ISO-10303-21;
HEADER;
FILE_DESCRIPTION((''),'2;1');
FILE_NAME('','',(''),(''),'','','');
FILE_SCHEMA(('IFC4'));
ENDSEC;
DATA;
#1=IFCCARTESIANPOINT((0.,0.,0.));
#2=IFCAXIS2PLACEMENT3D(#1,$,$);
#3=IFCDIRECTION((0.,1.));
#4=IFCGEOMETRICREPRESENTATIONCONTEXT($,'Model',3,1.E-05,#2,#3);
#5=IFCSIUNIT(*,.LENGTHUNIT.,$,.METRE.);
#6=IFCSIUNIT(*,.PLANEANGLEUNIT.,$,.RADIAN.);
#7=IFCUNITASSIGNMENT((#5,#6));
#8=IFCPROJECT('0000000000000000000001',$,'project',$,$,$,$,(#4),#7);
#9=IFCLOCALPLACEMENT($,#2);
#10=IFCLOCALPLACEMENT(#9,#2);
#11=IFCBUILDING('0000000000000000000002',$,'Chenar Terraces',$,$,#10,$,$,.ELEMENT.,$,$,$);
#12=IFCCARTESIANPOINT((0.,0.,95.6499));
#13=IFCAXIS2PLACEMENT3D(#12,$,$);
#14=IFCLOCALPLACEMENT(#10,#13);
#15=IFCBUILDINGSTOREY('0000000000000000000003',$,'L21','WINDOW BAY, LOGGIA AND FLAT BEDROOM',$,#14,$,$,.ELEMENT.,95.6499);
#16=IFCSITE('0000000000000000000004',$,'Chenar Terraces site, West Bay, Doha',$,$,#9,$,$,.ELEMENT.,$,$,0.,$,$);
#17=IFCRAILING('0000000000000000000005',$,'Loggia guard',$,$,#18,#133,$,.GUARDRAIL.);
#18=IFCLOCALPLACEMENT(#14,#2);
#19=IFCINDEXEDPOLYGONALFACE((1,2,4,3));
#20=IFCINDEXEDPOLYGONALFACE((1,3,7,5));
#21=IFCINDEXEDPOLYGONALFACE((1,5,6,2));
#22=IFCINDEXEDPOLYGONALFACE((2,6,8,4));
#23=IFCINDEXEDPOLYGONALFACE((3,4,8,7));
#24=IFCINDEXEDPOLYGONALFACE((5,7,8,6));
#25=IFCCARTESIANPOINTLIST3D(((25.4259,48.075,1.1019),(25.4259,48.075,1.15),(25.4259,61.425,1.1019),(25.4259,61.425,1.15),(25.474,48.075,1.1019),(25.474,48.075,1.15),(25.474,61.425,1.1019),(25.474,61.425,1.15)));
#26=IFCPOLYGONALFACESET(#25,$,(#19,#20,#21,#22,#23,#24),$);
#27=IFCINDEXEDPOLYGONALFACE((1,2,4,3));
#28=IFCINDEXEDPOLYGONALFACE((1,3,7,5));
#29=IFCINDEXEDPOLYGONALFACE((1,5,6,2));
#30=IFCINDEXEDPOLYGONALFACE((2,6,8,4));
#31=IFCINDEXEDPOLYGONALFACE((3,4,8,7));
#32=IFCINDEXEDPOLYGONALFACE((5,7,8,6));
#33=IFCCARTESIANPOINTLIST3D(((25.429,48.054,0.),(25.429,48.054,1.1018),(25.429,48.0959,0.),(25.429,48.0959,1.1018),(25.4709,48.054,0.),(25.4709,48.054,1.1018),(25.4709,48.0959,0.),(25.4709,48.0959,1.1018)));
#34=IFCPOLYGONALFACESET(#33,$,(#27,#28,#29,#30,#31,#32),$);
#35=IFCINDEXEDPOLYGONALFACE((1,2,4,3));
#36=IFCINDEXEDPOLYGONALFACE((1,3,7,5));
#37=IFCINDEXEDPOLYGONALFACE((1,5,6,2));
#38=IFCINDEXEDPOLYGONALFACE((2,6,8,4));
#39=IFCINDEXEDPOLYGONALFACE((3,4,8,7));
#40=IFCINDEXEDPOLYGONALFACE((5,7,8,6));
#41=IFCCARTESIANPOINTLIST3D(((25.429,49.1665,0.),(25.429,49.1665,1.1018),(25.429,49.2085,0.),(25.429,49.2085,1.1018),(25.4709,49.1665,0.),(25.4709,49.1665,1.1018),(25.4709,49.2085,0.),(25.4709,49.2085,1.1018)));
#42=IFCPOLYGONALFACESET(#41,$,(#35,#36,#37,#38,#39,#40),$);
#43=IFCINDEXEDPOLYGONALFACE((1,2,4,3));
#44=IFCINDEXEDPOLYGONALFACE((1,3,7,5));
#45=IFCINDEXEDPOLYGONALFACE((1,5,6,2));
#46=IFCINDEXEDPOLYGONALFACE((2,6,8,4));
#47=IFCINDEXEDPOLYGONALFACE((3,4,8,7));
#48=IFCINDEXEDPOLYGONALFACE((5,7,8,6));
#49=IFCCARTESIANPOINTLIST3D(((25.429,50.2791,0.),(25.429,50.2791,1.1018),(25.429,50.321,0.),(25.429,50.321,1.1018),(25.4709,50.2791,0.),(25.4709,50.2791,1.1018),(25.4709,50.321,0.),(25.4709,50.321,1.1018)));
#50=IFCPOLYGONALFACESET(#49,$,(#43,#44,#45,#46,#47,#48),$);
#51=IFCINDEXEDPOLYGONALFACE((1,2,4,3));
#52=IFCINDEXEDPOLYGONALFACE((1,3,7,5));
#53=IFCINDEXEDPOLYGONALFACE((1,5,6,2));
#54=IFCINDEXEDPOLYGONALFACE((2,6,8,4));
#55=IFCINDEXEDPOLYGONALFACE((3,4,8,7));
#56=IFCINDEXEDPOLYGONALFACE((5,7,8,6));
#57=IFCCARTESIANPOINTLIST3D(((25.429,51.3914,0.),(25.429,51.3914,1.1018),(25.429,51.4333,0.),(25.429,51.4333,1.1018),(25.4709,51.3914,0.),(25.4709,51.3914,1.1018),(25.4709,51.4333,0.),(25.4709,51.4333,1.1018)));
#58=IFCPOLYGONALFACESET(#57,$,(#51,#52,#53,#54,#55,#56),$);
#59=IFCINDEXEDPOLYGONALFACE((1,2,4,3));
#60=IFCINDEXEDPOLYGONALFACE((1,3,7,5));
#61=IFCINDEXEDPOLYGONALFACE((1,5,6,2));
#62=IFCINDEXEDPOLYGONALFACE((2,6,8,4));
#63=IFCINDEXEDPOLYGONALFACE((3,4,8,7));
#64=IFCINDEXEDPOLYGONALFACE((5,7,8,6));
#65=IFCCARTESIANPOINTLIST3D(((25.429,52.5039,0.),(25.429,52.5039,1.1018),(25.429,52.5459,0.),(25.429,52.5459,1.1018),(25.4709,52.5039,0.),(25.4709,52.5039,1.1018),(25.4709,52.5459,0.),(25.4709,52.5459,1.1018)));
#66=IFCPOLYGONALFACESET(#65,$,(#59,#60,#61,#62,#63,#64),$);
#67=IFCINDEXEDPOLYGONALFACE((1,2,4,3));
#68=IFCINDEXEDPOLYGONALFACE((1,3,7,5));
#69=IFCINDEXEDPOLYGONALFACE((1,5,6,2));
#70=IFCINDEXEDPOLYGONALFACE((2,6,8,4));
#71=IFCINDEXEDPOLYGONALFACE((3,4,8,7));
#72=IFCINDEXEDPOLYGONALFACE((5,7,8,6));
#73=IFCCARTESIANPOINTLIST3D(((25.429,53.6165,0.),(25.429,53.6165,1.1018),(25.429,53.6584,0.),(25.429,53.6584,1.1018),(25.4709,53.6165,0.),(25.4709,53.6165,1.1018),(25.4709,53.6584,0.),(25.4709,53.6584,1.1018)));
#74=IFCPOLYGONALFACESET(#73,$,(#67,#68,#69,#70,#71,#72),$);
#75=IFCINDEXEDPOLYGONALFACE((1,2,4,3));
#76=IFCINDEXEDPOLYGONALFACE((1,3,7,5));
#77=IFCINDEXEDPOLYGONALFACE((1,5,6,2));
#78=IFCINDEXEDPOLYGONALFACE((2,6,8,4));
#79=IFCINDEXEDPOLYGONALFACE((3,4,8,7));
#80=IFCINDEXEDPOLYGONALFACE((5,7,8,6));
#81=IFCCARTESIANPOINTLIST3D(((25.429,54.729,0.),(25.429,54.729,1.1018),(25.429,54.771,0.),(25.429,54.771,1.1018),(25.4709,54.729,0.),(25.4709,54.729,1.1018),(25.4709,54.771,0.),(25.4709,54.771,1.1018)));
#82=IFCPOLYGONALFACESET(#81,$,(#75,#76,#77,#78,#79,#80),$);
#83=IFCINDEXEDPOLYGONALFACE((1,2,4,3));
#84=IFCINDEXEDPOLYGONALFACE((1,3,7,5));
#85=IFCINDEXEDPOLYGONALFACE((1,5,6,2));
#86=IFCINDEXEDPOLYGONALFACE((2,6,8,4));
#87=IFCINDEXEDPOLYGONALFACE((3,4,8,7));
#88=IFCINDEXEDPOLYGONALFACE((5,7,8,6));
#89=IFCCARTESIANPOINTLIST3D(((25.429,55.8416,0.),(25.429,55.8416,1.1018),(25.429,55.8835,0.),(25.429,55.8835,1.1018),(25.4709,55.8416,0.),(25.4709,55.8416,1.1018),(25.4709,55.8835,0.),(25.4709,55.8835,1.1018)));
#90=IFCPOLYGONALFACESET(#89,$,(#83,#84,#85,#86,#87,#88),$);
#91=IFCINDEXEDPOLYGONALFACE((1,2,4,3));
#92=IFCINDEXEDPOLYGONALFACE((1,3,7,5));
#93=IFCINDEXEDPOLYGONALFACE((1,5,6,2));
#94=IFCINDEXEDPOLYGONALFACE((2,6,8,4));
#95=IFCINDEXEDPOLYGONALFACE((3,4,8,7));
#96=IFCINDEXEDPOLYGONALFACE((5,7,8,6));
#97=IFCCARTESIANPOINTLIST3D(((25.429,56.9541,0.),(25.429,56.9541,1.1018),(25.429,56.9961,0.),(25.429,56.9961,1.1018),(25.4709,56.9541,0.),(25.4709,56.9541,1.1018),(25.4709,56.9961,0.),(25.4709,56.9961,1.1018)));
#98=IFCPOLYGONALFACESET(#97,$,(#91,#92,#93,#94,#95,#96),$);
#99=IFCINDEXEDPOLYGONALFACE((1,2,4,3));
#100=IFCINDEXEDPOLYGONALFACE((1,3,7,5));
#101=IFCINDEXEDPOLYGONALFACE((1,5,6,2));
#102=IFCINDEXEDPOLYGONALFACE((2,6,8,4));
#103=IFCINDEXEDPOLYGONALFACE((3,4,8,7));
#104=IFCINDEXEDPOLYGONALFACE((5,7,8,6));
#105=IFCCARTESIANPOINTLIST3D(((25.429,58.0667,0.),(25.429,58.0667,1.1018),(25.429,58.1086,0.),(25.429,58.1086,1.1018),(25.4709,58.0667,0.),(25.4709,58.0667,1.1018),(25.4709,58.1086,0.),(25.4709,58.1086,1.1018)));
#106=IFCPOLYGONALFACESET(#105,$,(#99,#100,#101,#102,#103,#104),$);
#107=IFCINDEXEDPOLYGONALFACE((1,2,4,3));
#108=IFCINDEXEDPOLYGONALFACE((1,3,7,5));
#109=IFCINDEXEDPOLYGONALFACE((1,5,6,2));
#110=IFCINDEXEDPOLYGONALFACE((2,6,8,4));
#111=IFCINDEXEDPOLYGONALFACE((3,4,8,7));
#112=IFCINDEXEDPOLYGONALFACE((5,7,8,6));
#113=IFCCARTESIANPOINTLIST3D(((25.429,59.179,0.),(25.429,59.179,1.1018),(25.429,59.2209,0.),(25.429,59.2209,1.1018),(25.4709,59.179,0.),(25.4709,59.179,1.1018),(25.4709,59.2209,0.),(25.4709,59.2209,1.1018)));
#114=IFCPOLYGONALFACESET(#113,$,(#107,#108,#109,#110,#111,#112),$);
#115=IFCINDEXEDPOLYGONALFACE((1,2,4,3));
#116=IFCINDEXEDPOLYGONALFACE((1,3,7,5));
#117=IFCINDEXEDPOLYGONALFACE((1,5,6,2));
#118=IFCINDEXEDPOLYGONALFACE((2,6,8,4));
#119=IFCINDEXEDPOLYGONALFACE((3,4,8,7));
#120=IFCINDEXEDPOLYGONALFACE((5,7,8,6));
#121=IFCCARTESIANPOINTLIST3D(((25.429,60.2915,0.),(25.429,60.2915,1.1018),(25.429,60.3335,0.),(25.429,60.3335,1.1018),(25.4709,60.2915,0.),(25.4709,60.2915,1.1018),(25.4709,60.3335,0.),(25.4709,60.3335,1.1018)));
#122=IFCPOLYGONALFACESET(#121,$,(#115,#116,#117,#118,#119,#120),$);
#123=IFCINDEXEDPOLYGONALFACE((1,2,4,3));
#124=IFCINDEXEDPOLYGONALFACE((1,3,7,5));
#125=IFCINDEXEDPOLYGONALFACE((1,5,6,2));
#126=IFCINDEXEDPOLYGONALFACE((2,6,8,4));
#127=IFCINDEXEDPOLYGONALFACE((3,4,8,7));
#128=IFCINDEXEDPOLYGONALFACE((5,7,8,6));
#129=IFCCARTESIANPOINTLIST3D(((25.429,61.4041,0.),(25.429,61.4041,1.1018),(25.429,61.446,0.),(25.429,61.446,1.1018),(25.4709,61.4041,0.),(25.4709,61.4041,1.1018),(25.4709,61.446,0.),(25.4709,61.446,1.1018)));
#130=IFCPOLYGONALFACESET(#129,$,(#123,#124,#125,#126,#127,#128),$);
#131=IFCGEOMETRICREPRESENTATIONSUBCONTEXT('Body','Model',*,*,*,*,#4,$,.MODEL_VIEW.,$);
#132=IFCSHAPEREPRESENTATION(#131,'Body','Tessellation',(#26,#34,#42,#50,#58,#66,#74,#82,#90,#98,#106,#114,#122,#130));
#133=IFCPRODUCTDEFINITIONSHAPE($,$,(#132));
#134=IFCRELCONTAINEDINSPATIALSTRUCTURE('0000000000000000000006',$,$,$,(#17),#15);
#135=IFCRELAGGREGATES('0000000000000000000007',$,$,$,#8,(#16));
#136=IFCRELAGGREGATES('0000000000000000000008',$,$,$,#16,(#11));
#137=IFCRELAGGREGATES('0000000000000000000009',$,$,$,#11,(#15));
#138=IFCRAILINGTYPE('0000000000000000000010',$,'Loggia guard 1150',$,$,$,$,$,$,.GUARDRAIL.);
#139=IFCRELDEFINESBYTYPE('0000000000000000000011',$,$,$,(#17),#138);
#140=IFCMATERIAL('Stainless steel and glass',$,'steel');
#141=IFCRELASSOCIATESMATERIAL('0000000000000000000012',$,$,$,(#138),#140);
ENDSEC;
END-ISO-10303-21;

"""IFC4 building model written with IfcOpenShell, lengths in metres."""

from ifc_helpers import new_model, si_unit, direction, frame, origin, origin_2d, place, context, subcontext, project, spatial, rectangle, extrude, material, type_object, element, save


model = new_model("IFC4")

# Units and contexts
model_context = context("Model", 3, precision=1e-05, world=origin(), true_north=direction((0.0, 1.0)))
body_context = subcontext(model_context, "Body", "Model", "MODEL_VIEW")
ifc_project = project(units=[si_unit("LENGTHUNIT", "METRE"), si_unit("PLANEANGLEUNIT", "RADIAN")], contexts=[model_context])

# Site, building, storey
site_placement = place(None, origin())
site = spatial("IfcSite", under=ifc_project, at=site_placement, Name="Chenar Terraces site, West Bay, Doha", CompositionType="ELEMENT", RefElevation=0.0)
building_placement = place(site_placement, origin())
building = spatial("IfcBuilding", under=site, at=building_placement, Name="Chenar Terraces", CompositionType="ELEMENT")
storey_placement = place(building_placement, frame((0.0, 0.0, 95.6499)))
storey = spatial("IfcBuildingStorey", under=building, at=storey_placement, Name="L21", Description="WINDOW BAY, LOGGIA AND FLAT BEDROOM", CompositionType="ELEMENT", Elevation=95.6499)

# Railing
ifc_material_1 = material(Name="Stainless steel and glass", Category="steel")
railing_type_1 = type_object("IfcRailingType", Name="Loggia guard 1150", PredefinedType="GUARDRAIL", material=ifc_material_1)
railing_1_placement = place(storey_placement, frame((25.45, 48.075, 0.0)))
element("IfcRailing", 1, at=railing_1_placement, inside=storey, type_object=railing_type_1, Name="Loggia guard", PredefinedType="GUARDRAIL", context=body_context, shape_type="SweptSolid", body=[
    extrude(rectangle(XDim=0.0481, YDim=0.0481, at=origin_2d()), frame((0.0, 0.0, 1.126), z_axis=(0.0, 1.0, 0.0), x_axis=(-1.0, 0.0, 0.0)), (0.0, 0.0, 1.0), 13.3501),
    extrude(rectangle(XDim=0.042, YDim=0.042, at=origin_2d()), origin(), (0.0, 0.0, 1.0), 1.1018),
    extrude(rectangle(XDim=0.042, YDim=0.042, at=origin_2d()), frame((0.0, 1.1125, 0.0)), (0.0, 0.0, 1.0), 1.1018),
    extrude(rectangle(XDim=0.042, YDim=0.042, at=origin_2d()), frame((0.0, 2.2251, 0.0)), (0.0, 0.0, 1.0), 1.1018),
    extrude(rectangle(XDim=0.042, YDim=0.042, at=origin_2d()), frame((0.0, 3.3374, 0.0)), (0.0, 0.0, 1.0), 1.1018),
    extrude(rectangle(XDim=0.042, YDim=0.042, at=origin_2d()), frame((0.0, 4.45, 0.0)), (0.0, 0.0, 1.0), 1.1018),
    extrude(rectangle(XDim=0.042, YDim=0.042, at=origin_2d()), frame((0.0, 5.5625, 0.0)), (0.0, 0.0, 1.0), 1.1018),
    extrude(rectangle(XDim=0.042, YDim=0.042, at=origin_2d()), frame((0.0, 6.675, 0.0)), (0.0, 0.0, 1.0), 1.1018),
    extrude(rectangle(XDim=0.042, YDim=0.042, at=origin_2d()), frame((0.0, 7.7876, 0.0)), (0.0, 0.0, 1.0), 1.1018),
    extrude(rectangle(XDim=0.042, YDim=0.042, at=origin_2d()), frame((0.0, 8.9001, 0.0)), (0.0, 0.0, 1.0), 1.1018),
    extrude(rectangle(XDim=0.042, YDim=0.042, at=origin_2d()), frame((0.0, 10.0127, 0.0)), (0.0, 0.0, 1.0), 1.1018),
    extrude(rectangle(XDim=0.042, YDim=0.042, at=origin_2d()), frame((0.0, 11.125, 0.0)), (0.0, 0.0, 1.0), 1.1018),
    extrude(rectangle(XDim=0.042, YDim=0.042, at=origin_2d()), frame((0.0, 12.2375, 0.0)), (0.0, 0.0, 1.0), 1.1018),
    extrude(rectangle(XDim=0.042, YDim=0.042, at=origin_2d()), frame((0.0, 13.3501, 0.0)), (0.0, 0.0, 1.0), 1.1018),
])

save(model, "model.ifc")
